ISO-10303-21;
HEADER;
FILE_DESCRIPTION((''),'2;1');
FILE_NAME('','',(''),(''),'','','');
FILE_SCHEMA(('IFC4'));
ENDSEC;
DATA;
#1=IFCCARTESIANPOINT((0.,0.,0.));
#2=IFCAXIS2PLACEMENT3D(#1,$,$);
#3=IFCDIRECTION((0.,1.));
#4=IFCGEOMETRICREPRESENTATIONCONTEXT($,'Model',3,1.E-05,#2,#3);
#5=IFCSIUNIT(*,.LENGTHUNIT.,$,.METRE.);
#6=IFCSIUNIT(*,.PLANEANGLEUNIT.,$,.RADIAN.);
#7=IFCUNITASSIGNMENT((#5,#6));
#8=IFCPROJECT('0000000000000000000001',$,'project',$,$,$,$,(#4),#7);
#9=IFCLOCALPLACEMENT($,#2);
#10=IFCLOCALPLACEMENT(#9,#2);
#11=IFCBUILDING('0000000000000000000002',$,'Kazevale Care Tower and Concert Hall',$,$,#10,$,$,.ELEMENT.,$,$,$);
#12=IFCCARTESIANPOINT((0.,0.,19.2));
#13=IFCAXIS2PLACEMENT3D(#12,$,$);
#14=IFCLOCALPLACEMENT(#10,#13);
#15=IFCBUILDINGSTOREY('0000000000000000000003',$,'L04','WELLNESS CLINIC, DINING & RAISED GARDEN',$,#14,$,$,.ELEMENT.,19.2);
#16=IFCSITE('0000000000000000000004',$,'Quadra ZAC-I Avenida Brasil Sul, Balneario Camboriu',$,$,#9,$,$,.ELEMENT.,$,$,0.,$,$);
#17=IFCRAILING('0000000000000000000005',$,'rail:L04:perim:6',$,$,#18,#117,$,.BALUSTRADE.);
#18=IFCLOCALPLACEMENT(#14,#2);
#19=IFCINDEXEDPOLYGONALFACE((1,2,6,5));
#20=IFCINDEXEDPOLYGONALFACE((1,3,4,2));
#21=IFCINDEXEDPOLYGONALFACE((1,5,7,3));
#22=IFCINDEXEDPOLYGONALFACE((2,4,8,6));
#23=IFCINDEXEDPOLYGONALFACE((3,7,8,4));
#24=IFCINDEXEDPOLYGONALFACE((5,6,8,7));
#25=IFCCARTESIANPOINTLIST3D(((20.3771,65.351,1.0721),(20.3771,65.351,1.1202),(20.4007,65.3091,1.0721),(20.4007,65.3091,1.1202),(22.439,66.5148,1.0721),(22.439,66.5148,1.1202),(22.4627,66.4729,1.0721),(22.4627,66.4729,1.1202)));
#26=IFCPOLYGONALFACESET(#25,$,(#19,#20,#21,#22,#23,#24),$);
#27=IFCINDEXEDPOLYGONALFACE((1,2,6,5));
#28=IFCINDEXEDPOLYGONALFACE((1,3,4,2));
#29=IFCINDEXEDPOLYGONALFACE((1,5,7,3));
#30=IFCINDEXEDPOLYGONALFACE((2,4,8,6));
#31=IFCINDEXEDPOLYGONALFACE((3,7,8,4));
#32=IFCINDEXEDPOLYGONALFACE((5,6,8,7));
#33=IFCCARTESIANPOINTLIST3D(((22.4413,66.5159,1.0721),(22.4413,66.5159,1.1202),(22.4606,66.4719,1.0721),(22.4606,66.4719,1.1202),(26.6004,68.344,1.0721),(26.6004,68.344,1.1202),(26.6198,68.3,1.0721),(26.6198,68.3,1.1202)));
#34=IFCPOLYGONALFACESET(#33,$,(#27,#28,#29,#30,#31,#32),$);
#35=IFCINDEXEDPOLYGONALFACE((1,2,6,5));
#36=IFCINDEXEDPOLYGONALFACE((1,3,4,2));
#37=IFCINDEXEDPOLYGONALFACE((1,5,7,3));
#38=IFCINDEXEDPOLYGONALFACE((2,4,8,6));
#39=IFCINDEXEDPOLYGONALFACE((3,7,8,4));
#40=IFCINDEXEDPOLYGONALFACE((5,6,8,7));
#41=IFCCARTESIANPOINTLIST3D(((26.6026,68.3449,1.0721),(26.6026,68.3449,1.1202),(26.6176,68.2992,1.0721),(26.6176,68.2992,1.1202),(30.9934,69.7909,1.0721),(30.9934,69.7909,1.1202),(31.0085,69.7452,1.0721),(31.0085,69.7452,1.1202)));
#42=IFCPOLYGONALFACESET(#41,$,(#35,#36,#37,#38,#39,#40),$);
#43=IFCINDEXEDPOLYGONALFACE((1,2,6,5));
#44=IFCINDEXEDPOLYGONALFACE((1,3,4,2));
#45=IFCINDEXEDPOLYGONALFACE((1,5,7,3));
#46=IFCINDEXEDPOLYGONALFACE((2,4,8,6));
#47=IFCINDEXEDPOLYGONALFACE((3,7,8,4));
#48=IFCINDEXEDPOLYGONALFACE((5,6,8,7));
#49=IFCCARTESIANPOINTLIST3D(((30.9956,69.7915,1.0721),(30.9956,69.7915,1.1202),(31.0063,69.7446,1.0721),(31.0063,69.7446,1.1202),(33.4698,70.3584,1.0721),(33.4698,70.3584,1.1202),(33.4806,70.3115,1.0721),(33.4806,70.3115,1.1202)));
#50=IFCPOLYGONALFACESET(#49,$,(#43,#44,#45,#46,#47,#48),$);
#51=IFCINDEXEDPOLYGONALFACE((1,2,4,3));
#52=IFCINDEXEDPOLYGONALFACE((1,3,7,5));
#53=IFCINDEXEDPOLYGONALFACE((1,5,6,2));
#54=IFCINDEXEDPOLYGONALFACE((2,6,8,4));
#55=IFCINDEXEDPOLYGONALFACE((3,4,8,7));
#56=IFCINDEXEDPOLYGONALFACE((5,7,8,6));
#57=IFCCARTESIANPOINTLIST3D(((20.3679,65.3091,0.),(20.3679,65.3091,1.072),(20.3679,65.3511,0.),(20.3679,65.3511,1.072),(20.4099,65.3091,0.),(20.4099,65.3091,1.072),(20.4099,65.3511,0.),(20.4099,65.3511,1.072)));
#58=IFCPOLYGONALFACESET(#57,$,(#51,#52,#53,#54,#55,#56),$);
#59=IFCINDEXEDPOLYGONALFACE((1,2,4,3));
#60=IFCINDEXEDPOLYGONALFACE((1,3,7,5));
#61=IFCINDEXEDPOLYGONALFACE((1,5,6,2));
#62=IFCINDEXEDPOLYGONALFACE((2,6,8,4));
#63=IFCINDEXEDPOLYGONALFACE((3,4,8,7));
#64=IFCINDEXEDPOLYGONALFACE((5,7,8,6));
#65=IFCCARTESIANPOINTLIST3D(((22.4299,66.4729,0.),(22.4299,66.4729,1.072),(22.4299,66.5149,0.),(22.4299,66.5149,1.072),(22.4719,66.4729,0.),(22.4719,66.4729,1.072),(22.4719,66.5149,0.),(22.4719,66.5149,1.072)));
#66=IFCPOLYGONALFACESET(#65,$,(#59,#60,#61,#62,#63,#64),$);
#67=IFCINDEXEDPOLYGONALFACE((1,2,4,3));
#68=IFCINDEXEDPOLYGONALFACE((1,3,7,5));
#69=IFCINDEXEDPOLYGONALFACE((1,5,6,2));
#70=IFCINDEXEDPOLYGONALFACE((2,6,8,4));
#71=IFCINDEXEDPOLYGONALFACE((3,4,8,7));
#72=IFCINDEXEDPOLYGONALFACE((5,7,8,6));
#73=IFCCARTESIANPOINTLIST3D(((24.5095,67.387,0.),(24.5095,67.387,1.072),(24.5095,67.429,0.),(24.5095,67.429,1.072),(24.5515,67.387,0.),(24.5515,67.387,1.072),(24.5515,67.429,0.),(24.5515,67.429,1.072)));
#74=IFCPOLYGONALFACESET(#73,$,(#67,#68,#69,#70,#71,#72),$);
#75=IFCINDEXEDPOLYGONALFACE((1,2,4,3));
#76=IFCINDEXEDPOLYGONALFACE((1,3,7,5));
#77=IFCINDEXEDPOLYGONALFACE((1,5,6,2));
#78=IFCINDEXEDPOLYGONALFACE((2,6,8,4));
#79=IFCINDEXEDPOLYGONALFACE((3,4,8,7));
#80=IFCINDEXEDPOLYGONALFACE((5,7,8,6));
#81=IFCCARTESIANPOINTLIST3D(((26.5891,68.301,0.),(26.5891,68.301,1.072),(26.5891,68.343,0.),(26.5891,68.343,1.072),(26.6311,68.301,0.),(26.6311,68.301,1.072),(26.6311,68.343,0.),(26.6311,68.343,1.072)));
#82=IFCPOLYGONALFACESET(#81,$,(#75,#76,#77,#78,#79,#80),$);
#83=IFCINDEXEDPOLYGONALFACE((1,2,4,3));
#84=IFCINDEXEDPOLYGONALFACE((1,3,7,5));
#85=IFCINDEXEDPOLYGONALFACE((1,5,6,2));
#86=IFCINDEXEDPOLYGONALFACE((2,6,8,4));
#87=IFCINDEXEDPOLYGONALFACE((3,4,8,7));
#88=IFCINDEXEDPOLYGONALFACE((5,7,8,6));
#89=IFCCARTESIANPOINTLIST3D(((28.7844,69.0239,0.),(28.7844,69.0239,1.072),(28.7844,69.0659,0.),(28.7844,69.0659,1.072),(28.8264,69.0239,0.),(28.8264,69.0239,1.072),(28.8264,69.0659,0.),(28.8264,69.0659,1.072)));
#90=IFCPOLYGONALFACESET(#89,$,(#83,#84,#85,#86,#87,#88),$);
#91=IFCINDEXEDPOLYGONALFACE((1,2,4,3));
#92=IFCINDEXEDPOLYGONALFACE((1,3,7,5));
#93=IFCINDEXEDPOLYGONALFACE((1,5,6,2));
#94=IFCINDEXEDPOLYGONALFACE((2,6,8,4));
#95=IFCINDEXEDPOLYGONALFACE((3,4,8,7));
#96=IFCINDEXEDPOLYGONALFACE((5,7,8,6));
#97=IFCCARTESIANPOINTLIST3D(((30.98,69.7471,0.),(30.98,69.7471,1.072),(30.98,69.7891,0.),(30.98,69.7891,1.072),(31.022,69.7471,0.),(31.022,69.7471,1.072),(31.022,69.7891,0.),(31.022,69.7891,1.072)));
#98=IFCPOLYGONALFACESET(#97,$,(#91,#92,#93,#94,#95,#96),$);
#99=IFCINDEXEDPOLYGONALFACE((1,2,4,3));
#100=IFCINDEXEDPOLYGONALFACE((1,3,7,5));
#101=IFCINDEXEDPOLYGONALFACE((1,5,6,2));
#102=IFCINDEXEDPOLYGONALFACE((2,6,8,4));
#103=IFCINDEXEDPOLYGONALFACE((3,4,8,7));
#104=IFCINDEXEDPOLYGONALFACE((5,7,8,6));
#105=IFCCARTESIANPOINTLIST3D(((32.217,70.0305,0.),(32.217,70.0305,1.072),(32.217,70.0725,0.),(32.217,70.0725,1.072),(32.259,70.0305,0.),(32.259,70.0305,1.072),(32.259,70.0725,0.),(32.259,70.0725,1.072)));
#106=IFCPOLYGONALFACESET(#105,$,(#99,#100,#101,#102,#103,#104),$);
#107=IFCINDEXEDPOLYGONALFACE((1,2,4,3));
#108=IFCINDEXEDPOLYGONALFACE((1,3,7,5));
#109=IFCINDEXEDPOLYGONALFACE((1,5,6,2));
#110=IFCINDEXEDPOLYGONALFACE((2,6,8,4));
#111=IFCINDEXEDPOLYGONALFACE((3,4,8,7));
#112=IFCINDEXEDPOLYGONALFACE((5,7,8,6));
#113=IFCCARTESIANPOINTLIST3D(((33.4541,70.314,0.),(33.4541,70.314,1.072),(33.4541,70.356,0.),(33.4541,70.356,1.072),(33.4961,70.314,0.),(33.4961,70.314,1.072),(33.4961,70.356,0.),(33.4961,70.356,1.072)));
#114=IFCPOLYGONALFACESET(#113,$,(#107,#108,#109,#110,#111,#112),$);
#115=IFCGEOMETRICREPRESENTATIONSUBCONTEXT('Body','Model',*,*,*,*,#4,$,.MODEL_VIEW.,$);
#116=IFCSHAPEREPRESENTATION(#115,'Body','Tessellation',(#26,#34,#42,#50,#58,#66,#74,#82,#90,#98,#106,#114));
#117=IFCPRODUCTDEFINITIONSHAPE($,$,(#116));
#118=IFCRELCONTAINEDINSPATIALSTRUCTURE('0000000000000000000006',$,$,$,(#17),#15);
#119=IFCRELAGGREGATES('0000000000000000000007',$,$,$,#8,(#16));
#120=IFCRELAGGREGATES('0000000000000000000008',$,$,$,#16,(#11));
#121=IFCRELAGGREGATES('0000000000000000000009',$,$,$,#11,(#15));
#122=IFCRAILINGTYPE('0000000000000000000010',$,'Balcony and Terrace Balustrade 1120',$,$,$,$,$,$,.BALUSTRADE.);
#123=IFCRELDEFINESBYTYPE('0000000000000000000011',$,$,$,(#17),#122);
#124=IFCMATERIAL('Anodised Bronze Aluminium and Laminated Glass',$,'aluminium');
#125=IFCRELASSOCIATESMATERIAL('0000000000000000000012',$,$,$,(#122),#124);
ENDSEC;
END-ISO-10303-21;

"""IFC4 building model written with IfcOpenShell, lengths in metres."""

from ifc_helpers import new_model, si_unit, direction, frame, origin, origin_2d, place, context, subcontext, project, spatial, rectangle, extrude, material, type_object, element, save


model = new_model("IFC4")

# Units and contexts
model_context = context("Model", 3, precision=1e-05, world=origin(), true_north=direction((0.0, 1.0)))
body_context = subcontext(model_context, "Body", "Model", "MODEL_VIEW")
ifc_project = project(units=[si_unit("LENGTHUNIT", "METRE"), si_unit("PLANEANGLEUNIT", "RADIAN")], contexts=[model_context])

# Site, building, storey
site_placement = place(None, origin())
site = spatial("IfcSite", under=ifc_project, at=site_placement, Name="Quadra ZAC-I Avenida Brasil Sul, Balneario Camboriu", CompositionType="ELEMENT", RefElevation=0.0)
building_placement = place(site_placement, origin())
building = spatial("IfcBuilding", under=site, at=building_placement, Name="Kazevale Care Tower and Concert Hall", CompositionType="ELEMENT")
storey_placement = place(building_placement, frame((0.0, 0.0, 19.2)))
storey = spatial("IfcBuildingStorey", under=building, at=storey_placement, Name="L04", Description="WELLNESS CLINIC, DINING & RAISED GARDEN", CompositionType="ELEMENT", Elevation=19.2)

# Railing
ifc_material_1 = material(Name="Anodised Bronze Aluminium and Laminated Glass", Category="aluminium")
railing_type = type_object("IfcRailingType", Name="Balcony and Terrace Balustrade 1120", PredefinedType="BALUSTRADE", material=ifc_material_1)
railing_1_placement = place(storey_placement, frame((20.3889, 65.3301, 0.0)))
element("IfcRailing", 1, at=railing_1_placement, inside=storey, type_object=railing_type, Name="rail:L04:perim:6", PredefinedType="BALUSTRADE", context=body_context, shape_type="SweptSolid", body=[
    extrude(rectangle(XDim=0.0481, YDim=0.0481, at=origin_2d()), frame((0.0, 0.0, 1.0962), z_axis=(0.870864, 0.491524, 0.0), x_axis=(-0.491524, 0.870864, 0.0)), (0.0, 0.0, 1.0), 2.3677),
    extrude(rectangle(XDim=0.0481, YDim=0.0481, at=origin_2d()), frame((2.062, 1.1638, 1.0962), z_axis=(0.91547, 0.402386, 0.0), x_axis=(-0.402386, 0.91547, 0.0)), (0.0, 0.0, 1.0), 4.5432),
    extrude(rectangle(XDim=0.0481, YDim=0.0481, at=origin_2d()), frame((6.2212, 2.9919, 1.0962), z_axis=(0.949818, 0.312804, 0.0), x_axis=(-0.312804, 0.949818, 0.0)), (0.0, 0.0, 1.0), 4.6228),
    extrude(rectangle(XDim=0.0481, YDim=0.0481, at=origin_2d()), frame((10.6121, 4.438, 1.0962), z_axis=(0.97474, 0.223342, 0.0), x_axis=(-0.223342, 0.97474, 0.0)), (0.0, 0.0, 1.0), 2.5383),
    extrude(rectangle(XDim=0.042, YDim=0.042, at=origin_2d()), origin(), (0.0, 0.0, 1.0), 1.072),
    extrude(rectangle(XDim=0.042, YDim=0.042, at=origin_2d()), frame((2.062, 1.1638, 0.0)), (0.0, 0.0, 1.0), 1.072),
    extrude(rectangle(XDim=0.042, YDim=0.042, at=origin_2d()), frame((4.1416, 2.0779, 0.0)), (0.0, 0.0, 1.0), 1.072),
    extrude(rectangle(XDim=0.042, YDim=0.042, at=origin_2d()), frame((6.2212, 2.9919, 0.0)), (0.0, 0.0, 1.0), 1.072),
    extrude(rectangle(XDim=0.042, YDim=0.042, at=origin_2d()), frame((8.4165, 3.7148, 0.0)), (0.0, 0.0, 1.0), 1.072),
    extrude(rectangle(XDim=0.042, YDim=0.042, at=origin_2d()), frame((10.6121, 4.438, 0.0)), (0.0, 0.0, 1.0), 1.072),
    extrude(rectangle(XDim=0.042, YDim=0.042, at=origin_2d()), frame((11.8491, 4.7214, 0.0)), (0.0, 0.0, 1.0), 1.072),
    extrude(rectangle(XDim=0.042, YDim=0.042, at=origin_2d()), frame((13.0862, 5.0049, 0.0)), (0.0, 0.0, 1.0), 1.072),
])

save(model, "model.ifc")
